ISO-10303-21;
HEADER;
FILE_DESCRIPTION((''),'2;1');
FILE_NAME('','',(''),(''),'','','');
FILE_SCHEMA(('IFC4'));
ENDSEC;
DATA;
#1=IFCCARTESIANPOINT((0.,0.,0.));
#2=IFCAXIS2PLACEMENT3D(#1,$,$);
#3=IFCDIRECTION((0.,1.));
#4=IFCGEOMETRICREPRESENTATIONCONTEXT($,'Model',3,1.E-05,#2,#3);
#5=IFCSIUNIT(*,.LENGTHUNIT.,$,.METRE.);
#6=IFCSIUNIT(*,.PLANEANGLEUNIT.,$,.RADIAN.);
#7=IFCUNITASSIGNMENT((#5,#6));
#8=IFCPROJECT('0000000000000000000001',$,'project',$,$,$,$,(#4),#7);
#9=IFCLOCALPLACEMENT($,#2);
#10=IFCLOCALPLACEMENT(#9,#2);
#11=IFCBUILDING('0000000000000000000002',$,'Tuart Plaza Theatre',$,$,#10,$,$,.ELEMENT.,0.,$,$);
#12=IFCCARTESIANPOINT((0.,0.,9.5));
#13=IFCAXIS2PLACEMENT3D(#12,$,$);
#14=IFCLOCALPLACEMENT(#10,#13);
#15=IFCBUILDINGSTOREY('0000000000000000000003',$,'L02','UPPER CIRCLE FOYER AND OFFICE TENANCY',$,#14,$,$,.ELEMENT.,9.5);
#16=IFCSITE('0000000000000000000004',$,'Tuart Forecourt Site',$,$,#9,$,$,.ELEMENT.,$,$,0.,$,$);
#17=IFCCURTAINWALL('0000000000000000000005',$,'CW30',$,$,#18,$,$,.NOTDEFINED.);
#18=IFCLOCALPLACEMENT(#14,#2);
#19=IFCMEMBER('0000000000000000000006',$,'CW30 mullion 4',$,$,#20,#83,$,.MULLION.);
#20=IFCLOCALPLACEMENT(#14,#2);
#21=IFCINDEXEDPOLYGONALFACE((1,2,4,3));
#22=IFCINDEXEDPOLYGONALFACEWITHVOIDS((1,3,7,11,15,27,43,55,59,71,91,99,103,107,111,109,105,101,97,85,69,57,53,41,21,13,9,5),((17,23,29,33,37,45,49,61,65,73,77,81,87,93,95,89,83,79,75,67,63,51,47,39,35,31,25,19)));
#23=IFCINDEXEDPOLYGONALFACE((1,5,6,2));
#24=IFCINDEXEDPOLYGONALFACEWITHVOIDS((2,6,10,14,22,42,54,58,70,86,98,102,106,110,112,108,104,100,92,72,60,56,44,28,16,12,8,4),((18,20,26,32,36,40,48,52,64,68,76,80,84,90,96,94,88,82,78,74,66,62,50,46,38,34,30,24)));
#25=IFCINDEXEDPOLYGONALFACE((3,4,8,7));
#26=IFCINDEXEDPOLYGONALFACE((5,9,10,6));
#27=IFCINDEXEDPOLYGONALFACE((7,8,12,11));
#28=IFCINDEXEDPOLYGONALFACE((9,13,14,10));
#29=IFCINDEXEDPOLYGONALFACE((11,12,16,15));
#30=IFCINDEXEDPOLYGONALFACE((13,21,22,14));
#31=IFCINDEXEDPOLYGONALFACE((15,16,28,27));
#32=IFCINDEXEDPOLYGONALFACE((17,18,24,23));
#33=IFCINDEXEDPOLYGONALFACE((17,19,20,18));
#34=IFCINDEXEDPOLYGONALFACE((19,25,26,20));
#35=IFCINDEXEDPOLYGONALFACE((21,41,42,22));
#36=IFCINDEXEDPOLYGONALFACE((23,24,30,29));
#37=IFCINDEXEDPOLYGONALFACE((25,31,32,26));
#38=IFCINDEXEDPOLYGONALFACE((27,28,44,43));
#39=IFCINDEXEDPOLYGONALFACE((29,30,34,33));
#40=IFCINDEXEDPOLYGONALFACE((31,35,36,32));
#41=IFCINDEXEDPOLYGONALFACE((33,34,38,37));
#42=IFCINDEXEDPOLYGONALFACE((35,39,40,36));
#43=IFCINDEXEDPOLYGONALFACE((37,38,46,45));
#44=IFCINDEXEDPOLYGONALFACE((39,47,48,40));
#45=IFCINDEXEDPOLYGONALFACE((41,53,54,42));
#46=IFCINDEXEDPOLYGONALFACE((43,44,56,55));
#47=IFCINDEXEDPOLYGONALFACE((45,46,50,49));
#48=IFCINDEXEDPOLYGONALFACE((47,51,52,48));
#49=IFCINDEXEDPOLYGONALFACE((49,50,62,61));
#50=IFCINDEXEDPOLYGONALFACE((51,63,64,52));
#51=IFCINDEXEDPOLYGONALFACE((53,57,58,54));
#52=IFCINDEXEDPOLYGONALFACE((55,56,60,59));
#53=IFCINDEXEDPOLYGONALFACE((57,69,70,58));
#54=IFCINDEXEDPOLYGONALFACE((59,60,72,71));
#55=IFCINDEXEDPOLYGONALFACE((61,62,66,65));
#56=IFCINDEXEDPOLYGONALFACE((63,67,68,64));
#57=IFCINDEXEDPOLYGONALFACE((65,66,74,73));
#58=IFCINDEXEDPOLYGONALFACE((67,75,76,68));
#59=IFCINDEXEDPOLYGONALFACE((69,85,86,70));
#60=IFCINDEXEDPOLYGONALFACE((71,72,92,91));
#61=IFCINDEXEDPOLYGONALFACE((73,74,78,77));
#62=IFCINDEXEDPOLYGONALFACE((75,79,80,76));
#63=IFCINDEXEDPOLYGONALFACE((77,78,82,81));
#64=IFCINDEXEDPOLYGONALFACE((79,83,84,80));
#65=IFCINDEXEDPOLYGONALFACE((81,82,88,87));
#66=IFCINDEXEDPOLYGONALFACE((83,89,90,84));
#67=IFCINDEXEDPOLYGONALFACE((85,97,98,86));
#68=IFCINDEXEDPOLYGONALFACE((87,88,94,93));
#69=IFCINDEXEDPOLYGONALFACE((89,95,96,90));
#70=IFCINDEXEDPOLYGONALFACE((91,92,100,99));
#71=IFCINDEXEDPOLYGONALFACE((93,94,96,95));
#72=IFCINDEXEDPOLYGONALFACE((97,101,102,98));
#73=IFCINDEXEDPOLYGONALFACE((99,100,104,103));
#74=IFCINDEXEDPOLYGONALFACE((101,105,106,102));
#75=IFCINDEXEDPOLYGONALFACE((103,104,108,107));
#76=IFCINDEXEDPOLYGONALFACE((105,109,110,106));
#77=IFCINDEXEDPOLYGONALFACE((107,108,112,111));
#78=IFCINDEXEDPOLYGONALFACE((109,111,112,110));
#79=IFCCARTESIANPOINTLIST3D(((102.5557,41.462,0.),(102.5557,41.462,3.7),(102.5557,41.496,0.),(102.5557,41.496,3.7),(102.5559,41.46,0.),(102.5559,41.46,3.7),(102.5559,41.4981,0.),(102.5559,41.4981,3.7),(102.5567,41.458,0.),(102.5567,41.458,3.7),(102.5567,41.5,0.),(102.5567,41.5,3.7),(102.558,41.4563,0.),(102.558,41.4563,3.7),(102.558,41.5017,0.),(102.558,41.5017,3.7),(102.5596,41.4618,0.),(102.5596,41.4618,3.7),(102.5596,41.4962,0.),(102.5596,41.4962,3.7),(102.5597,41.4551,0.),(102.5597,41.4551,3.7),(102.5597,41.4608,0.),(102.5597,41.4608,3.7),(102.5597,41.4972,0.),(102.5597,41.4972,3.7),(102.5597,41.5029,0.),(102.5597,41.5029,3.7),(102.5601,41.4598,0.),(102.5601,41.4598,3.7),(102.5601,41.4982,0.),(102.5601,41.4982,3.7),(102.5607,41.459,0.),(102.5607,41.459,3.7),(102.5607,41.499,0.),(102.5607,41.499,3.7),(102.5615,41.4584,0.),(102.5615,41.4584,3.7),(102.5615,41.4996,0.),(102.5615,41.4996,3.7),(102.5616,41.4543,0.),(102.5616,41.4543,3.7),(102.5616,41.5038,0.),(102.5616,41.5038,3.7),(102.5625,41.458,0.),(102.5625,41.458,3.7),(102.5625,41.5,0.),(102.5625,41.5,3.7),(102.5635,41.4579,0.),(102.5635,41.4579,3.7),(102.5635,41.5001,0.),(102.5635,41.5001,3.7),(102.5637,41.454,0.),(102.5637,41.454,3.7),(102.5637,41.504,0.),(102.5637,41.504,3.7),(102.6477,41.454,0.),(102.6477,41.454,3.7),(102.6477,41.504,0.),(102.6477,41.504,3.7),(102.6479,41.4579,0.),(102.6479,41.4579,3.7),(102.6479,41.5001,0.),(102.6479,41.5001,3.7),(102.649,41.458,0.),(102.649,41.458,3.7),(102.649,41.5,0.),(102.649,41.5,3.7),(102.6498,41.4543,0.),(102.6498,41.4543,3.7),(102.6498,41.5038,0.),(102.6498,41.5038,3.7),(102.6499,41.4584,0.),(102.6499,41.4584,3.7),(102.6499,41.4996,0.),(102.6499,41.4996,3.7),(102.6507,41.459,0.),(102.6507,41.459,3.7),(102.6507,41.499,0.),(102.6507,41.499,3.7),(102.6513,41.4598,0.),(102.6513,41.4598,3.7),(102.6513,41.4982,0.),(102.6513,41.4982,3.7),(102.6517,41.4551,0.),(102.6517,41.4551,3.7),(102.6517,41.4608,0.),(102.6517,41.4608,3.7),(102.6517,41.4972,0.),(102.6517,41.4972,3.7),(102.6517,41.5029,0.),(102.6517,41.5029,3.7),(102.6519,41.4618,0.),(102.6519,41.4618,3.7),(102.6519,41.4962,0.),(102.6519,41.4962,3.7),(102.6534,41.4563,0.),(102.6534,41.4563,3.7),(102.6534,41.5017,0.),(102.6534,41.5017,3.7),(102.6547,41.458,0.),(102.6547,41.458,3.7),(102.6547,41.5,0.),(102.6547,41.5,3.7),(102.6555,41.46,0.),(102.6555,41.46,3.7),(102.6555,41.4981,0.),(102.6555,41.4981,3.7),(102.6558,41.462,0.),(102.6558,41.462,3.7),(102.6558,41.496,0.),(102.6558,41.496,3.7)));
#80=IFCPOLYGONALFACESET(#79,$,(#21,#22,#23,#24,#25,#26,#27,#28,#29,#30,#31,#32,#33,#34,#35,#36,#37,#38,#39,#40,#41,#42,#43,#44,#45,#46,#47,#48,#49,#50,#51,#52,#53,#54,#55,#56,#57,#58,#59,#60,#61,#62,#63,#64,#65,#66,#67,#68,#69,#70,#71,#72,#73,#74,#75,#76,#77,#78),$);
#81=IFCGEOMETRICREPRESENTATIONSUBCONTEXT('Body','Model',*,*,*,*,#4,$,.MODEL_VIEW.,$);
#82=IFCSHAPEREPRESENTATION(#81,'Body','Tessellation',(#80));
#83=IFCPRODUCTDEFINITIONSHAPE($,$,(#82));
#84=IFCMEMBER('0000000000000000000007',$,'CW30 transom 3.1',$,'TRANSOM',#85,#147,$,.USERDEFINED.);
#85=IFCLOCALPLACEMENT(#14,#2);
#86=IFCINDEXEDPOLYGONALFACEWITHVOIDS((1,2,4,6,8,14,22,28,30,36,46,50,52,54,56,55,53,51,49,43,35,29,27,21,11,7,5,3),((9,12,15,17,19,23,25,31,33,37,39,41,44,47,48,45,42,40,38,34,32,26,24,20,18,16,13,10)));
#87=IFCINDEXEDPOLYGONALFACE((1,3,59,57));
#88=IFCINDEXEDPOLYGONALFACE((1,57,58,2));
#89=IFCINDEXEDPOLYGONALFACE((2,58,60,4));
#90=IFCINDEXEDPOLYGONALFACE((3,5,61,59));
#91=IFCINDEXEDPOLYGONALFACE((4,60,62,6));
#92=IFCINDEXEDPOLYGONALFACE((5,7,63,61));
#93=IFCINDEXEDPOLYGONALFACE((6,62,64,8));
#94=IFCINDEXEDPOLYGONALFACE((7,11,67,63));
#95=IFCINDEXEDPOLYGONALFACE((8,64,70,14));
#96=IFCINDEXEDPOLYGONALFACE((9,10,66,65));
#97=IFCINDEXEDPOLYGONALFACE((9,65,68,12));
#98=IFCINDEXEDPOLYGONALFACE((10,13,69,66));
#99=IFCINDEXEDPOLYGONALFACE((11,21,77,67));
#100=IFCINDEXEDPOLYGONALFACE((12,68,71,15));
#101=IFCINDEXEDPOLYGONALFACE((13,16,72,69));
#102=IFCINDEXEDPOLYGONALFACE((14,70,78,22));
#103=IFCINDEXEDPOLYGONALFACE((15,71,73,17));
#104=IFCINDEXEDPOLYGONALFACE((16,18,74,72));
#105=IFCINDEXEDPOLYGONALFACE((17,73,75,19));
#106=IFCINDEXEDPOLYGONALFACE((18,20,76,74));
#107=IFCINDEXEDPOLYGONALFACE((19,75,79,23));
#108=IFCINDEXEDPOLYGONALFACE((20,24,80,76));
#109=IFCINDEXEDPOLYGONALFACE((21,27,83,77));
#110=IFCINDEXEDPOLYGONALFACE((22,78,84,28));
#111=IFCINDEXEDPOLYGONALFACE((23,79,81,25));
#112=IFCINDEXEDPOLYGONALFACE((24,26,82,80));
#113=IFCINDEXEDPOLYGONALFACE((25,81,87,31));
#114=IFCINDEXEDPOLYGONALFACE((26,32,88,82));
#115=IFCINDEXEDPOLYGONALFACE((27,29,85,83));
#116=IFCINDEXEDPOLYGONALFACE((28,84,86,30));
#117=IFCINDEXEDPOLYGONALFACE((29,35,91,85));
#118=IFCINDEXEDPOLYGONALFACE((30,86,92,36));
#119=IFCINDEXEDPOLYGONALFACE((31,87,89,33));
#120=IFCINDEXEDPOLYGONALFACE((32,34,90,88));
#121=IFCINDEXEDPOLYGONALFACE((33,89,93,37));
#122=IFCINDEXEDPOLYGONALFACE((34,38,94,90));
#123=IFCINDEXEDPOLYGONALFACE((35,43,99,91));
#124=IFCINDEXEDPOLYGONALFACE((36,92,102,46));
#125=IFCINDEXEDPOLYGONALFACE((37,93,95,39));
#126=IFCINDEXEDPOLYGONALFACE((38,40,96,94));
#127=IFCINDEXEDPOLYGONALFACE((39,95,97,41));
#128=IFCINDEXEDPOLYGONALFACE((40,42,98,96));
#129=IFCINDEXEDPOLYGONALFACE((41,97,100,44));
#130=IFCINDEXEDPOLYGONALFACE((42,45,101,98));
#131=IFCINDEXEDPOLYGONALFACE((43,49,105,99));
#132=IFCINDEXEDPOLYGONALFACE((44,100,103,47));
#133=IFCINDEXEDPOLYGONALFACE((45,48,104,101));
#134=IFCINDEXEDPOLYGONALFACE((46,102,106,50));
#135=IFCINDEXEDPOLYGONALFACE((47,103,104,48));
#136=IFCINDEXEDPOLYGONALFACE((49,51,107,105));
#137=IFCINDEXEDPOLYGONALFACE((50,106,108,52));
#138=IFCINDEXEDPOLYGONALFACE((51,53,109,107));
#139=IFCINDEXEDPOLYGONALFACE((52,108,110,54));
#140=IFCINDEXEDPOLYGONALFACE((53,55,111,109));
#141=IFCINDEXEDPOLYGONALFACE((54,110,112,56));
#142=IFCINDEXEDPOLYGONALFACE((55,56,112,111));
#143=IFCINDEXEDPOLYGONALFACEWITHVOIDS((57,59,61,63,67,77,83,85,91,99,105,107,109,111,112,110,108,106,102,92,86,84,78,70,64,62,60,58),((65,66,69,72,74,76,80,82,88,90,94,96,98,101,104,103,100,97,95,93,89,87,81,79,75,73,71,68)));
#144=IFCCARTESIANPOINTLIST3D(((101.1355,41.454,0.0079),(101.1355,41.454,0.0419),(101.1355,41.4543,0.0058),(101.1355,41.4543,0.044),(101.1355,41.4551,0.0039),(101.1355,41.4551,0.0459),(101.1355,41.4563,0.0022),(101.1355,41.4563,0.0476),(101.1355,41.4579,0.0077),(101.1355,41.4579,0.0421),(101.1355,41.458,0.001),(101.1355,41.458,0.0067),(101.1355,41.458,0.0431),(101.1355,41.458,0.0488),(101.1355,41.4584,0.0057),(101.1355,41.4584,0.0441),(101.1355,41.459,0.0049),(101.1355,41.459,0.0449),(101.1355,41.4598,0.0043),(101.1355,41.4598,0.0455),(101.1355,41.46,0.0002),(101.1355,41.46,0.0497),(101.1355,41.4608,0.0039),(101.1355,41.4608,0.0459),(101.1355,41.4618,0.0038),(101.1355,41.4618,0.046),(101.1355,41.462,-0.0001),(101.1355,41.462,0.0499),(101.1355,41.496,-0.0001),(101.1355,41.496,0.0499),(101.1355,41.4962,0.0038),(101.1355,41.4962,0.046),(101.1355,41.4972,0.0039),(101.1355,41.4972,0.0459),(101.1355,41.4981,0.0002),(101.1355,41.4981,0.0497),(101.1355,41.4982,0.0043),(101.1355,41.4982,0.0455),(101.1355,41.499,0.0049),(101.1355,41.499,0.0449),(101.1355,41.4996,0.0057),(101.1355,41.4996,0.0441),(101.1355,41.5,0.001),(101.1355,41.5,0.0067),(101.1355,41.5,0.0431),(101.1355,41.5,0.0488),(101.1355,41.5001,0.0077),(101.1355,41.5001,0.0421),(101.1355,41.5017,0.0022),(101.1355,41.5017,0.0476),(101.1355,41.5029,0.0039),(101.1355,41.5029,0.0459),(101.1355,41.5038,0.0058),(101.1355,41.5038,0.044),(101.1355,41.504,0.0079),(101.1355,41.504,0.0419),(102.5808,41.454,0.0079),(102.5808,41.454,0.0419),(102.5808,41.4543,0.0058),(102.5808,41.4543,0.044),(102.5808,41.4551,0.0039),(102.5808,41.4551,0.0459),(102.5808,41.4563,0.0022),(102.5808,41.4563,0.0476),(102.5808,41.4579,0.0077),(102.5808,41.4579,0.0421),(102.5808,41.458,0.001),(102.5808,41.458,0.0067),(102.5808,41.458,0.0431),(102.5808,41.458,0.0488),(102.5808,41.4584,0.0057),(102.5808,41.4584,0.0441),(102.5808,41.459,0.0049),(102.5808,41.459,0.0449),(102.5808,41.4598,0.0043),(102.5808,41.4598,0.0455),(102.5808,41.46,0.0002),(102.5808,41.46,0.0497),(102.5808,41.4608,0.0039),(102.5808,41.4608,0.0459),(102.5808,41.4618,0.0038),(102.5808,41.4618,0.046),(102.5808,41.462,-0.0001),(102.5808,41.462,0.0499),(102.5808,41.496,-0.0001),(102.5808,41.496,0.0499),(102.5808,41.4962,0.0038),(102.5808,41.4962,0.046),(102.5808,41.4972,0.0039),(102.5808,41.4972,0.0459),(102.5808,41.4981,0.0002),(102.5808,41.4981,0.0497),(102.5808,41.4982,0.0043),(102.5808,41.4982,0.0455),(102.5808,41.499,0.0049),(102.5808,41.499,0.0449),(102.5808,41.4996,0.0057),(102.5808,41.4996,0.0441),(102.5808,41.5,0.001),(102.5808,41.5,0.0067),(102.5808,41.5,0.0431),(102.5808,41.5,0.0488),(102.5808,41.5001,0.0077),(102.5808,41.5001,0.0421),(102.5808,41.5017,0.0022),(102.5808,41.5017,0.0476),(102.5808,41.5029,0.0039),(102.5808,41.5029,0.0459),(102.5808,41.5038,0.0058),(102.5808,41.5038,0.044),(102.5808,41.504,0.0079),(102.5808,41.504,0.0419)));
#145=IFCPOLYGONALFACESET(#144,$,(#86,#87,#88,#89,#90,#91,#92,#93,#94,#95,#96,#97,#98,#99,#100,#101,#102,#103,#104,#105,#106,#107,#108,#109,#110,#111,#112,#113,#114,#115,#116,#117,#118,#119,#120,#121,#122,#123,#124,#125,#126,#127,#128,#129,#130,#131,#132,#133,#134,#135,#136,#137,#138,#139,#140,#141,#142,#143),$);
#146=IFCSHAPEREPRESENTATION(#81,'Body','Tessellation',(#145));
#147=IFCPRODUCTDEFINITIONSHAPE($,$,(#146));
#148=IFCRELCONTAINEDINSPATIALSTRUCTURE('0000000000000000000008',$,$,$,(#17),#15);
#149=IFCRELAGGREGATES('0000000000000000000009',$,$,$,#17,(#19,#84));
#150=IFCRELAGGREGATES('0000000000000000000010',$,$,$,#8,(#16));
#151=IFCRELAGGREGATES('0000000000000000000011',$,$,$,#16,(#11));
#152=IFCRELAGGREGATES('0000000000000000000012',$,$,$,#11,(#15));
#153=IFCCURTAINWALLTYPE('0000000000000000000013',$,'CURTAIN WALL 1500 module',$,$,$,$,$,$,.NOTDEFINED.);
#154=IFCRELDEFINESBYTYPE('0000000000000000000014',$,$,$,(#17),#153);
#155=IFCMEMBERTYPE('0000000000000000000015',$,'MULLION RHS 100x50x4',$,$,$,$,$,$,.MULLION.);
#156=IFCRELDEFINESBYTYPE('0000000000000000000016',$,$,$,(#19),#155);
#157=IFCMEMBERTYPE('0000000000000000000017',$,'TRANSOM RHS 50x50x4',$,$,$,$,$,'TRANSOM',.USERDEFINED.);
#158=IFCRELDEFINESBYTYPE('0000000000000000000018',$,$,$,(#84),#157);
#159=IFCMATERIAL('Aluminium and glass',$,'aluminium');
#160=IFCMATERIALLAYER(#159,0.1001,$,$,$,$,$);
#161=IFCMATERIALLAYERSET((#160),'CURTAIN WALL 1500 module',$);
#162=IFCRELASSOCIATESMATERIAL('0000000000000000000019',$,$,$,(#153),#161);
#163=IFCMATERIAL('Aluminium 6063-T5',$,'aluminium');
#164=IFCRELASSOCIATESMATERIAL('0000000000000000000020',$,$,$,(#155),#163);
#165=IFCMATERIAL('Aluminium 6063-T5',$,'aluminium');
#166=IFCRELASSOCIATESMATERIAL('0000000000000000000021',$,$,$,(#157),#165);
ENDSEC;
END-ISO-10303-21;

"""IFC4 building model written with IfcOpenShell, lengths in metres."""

from ifc_helpers import new_model, si_unit, direction, frame, origin, origin_2d, place, context, subcontext, project, spatial, hollow_rectangle, extrude, material, layer, layer_set, material_profile, profile_set, type_object, element, aggregate, save


model = new_model("IFC4")

# Units and contexts
model_context = context("Model", 3, precision=1e-05, world=origin(), true_north=direction((0.0, 1.0)))
body_context = subcontext(model_context, "Body", "Model", "MODEL_VIEW")
ifc_project = project(units=[si_unit("LENGTHUNIT", "METRE"), si_unit("PLANEANGLEUNIT", "RADIAN")], contexts=[model_context])

# Site, building, storey
site_placement = place(None, origin())
site = spatial("IfcSite", under=ifc_project, at=site_placement, Name="Tuart Forecourt Site", CompositionType="ELEMENT", RefElevation=0.0)
building_placement = place(site_placement, origin())
building = spatial("IfcBuilding", under=site, at=building_placement, Name="Tuart Plaza Theatre", CompositionType="ELEMENT", ElevationOfRefHeight=0.0)
storey_placement = place(building_placement, frame((0.0, 0.0, 9.5)))
storey = spatial("IfcBuildingStorey", under=building, at=storey_placement, Name="L02", Description="UPPER CIRCLE FOYER AND OFFICE TENANCY", CompositionType="ELEMENT", Elevation=9.5)

# Curtain wall, members
ifc_material_1 = material(Name="Aluminium and glass", Category="aluminium")
ifc_layer_1 = layer(ifc_material_1, 0.1001)
ifc_layer_set_1 = layer_set([ifc_layer_1], Name="CURTAIN WALL 1500 module")
curtain_wall_type = type_object("IfcCurtainWallType", Name="CURTAIN WALL 1500 module", PredefinedType="NOTDEFINED", material=ifc_layer_set_1)
curtain_wall_placement = place(storey_placement, origin())
curtain_wall = element("IfcCurtainWall", 1, at=curtain_wall_placement, inside=storey, type_object=curtain_wall_type, Name="CW30", PredefinedType="NOTDEFINED")
ifc_material_2 = material(Name="Aluminium 6063-T5", Category="aluminium")
ifc_material_profile_1 = material_profile(ifc_material_2, hollow_rectangle(XDim=0.05, YDim=0.1001, WallThickness=0.0039, InnerFilletRadius=0.0039, OuterFilletRadius=0.0081, at=origin_2d()), Name="RHS 100x50x4")
ifc_profile_set_1 = profile_set([ifc_material_profile_1], Name="Aluminium 6063-T5")
member_type_1 = type_object("IfcMemberType", Name="MULLION RHS 100x50x4", PredefinedType="MULLION", material=ifc_profile_set_1)
member_1_placement = place(storey_placement, frame((102.6057, 41.479, 0.0), z_axis=(0.0, 0.0, 1.0), x_axis=(0.0, 1.0, 0.0)))
member_1 = element("IfcMember", 2, at=member_1_placement, type_object=member_type_1, Name="CW30 mullion 4", PredefinedType="MULLION", context=body_context, shape_type="SweptSolid", body=[
    extrude(hollow_rectangle(XDim=0.05, YDim=0.1001, WallThickness=0.0039, InnerFilletRadius=0.0039, OuterFilletRadius=0.0081, at=origin_2d()), origin(), (0.0, 0.0, 1.0), 3.7),
])
ifc_material_3 = material(Name="Aluminium 6063-T5", Category="aluminium")
ifc_material_profile_2 = material_profile(ifc_material_3, hollow_rectangle(XDim=0.05, YDim=0.05, WallThickness=0.0039, InnerFilletRadius=0.0039, OuterFilletRadius=0.0081, at=origin_2d()), Name="RHS 50x50x4")
ifc_profile_set_2 = profile_set([ifc_material_profile_2], Name="Aluminium 6063-T5")
member_type_2 = type_object("IfcMemberType", Name="TRANSOM RHS 50x50x4", ElementType="TRANSOM", PredefinedType="USERDEFINED", material=ifc_profile_set_2)
member_2_placement = place(storey_placement, frame((101.1355, 41.479, 0.0249), z_axis=(1.0, 0.0, 0.0), x_axis=(0.0, 1.0, 0.0)))
member_2 = element("IfcMember", 3, at=member_2_placement, type_object=member_type_2, Name="CW30 transom 3.1", ObjectType="TRANSOM", PredefinedType="USERDEFINED", context=body_context, shape_type="SweptSolid", body=[
    extrude(hollow_rectangle(XDim=0.05, YDim=0.05, WallThickness=0.0039, InnerFilletRadius=0.0039, OuterFilletRadius=0.0081, at=origin_2d()), origin(), (0.0, 0.0, 1.0), 1.4453),
])
aggregate(curtain_wall, [member_1, member_2])

save(model, "model.ifc")
